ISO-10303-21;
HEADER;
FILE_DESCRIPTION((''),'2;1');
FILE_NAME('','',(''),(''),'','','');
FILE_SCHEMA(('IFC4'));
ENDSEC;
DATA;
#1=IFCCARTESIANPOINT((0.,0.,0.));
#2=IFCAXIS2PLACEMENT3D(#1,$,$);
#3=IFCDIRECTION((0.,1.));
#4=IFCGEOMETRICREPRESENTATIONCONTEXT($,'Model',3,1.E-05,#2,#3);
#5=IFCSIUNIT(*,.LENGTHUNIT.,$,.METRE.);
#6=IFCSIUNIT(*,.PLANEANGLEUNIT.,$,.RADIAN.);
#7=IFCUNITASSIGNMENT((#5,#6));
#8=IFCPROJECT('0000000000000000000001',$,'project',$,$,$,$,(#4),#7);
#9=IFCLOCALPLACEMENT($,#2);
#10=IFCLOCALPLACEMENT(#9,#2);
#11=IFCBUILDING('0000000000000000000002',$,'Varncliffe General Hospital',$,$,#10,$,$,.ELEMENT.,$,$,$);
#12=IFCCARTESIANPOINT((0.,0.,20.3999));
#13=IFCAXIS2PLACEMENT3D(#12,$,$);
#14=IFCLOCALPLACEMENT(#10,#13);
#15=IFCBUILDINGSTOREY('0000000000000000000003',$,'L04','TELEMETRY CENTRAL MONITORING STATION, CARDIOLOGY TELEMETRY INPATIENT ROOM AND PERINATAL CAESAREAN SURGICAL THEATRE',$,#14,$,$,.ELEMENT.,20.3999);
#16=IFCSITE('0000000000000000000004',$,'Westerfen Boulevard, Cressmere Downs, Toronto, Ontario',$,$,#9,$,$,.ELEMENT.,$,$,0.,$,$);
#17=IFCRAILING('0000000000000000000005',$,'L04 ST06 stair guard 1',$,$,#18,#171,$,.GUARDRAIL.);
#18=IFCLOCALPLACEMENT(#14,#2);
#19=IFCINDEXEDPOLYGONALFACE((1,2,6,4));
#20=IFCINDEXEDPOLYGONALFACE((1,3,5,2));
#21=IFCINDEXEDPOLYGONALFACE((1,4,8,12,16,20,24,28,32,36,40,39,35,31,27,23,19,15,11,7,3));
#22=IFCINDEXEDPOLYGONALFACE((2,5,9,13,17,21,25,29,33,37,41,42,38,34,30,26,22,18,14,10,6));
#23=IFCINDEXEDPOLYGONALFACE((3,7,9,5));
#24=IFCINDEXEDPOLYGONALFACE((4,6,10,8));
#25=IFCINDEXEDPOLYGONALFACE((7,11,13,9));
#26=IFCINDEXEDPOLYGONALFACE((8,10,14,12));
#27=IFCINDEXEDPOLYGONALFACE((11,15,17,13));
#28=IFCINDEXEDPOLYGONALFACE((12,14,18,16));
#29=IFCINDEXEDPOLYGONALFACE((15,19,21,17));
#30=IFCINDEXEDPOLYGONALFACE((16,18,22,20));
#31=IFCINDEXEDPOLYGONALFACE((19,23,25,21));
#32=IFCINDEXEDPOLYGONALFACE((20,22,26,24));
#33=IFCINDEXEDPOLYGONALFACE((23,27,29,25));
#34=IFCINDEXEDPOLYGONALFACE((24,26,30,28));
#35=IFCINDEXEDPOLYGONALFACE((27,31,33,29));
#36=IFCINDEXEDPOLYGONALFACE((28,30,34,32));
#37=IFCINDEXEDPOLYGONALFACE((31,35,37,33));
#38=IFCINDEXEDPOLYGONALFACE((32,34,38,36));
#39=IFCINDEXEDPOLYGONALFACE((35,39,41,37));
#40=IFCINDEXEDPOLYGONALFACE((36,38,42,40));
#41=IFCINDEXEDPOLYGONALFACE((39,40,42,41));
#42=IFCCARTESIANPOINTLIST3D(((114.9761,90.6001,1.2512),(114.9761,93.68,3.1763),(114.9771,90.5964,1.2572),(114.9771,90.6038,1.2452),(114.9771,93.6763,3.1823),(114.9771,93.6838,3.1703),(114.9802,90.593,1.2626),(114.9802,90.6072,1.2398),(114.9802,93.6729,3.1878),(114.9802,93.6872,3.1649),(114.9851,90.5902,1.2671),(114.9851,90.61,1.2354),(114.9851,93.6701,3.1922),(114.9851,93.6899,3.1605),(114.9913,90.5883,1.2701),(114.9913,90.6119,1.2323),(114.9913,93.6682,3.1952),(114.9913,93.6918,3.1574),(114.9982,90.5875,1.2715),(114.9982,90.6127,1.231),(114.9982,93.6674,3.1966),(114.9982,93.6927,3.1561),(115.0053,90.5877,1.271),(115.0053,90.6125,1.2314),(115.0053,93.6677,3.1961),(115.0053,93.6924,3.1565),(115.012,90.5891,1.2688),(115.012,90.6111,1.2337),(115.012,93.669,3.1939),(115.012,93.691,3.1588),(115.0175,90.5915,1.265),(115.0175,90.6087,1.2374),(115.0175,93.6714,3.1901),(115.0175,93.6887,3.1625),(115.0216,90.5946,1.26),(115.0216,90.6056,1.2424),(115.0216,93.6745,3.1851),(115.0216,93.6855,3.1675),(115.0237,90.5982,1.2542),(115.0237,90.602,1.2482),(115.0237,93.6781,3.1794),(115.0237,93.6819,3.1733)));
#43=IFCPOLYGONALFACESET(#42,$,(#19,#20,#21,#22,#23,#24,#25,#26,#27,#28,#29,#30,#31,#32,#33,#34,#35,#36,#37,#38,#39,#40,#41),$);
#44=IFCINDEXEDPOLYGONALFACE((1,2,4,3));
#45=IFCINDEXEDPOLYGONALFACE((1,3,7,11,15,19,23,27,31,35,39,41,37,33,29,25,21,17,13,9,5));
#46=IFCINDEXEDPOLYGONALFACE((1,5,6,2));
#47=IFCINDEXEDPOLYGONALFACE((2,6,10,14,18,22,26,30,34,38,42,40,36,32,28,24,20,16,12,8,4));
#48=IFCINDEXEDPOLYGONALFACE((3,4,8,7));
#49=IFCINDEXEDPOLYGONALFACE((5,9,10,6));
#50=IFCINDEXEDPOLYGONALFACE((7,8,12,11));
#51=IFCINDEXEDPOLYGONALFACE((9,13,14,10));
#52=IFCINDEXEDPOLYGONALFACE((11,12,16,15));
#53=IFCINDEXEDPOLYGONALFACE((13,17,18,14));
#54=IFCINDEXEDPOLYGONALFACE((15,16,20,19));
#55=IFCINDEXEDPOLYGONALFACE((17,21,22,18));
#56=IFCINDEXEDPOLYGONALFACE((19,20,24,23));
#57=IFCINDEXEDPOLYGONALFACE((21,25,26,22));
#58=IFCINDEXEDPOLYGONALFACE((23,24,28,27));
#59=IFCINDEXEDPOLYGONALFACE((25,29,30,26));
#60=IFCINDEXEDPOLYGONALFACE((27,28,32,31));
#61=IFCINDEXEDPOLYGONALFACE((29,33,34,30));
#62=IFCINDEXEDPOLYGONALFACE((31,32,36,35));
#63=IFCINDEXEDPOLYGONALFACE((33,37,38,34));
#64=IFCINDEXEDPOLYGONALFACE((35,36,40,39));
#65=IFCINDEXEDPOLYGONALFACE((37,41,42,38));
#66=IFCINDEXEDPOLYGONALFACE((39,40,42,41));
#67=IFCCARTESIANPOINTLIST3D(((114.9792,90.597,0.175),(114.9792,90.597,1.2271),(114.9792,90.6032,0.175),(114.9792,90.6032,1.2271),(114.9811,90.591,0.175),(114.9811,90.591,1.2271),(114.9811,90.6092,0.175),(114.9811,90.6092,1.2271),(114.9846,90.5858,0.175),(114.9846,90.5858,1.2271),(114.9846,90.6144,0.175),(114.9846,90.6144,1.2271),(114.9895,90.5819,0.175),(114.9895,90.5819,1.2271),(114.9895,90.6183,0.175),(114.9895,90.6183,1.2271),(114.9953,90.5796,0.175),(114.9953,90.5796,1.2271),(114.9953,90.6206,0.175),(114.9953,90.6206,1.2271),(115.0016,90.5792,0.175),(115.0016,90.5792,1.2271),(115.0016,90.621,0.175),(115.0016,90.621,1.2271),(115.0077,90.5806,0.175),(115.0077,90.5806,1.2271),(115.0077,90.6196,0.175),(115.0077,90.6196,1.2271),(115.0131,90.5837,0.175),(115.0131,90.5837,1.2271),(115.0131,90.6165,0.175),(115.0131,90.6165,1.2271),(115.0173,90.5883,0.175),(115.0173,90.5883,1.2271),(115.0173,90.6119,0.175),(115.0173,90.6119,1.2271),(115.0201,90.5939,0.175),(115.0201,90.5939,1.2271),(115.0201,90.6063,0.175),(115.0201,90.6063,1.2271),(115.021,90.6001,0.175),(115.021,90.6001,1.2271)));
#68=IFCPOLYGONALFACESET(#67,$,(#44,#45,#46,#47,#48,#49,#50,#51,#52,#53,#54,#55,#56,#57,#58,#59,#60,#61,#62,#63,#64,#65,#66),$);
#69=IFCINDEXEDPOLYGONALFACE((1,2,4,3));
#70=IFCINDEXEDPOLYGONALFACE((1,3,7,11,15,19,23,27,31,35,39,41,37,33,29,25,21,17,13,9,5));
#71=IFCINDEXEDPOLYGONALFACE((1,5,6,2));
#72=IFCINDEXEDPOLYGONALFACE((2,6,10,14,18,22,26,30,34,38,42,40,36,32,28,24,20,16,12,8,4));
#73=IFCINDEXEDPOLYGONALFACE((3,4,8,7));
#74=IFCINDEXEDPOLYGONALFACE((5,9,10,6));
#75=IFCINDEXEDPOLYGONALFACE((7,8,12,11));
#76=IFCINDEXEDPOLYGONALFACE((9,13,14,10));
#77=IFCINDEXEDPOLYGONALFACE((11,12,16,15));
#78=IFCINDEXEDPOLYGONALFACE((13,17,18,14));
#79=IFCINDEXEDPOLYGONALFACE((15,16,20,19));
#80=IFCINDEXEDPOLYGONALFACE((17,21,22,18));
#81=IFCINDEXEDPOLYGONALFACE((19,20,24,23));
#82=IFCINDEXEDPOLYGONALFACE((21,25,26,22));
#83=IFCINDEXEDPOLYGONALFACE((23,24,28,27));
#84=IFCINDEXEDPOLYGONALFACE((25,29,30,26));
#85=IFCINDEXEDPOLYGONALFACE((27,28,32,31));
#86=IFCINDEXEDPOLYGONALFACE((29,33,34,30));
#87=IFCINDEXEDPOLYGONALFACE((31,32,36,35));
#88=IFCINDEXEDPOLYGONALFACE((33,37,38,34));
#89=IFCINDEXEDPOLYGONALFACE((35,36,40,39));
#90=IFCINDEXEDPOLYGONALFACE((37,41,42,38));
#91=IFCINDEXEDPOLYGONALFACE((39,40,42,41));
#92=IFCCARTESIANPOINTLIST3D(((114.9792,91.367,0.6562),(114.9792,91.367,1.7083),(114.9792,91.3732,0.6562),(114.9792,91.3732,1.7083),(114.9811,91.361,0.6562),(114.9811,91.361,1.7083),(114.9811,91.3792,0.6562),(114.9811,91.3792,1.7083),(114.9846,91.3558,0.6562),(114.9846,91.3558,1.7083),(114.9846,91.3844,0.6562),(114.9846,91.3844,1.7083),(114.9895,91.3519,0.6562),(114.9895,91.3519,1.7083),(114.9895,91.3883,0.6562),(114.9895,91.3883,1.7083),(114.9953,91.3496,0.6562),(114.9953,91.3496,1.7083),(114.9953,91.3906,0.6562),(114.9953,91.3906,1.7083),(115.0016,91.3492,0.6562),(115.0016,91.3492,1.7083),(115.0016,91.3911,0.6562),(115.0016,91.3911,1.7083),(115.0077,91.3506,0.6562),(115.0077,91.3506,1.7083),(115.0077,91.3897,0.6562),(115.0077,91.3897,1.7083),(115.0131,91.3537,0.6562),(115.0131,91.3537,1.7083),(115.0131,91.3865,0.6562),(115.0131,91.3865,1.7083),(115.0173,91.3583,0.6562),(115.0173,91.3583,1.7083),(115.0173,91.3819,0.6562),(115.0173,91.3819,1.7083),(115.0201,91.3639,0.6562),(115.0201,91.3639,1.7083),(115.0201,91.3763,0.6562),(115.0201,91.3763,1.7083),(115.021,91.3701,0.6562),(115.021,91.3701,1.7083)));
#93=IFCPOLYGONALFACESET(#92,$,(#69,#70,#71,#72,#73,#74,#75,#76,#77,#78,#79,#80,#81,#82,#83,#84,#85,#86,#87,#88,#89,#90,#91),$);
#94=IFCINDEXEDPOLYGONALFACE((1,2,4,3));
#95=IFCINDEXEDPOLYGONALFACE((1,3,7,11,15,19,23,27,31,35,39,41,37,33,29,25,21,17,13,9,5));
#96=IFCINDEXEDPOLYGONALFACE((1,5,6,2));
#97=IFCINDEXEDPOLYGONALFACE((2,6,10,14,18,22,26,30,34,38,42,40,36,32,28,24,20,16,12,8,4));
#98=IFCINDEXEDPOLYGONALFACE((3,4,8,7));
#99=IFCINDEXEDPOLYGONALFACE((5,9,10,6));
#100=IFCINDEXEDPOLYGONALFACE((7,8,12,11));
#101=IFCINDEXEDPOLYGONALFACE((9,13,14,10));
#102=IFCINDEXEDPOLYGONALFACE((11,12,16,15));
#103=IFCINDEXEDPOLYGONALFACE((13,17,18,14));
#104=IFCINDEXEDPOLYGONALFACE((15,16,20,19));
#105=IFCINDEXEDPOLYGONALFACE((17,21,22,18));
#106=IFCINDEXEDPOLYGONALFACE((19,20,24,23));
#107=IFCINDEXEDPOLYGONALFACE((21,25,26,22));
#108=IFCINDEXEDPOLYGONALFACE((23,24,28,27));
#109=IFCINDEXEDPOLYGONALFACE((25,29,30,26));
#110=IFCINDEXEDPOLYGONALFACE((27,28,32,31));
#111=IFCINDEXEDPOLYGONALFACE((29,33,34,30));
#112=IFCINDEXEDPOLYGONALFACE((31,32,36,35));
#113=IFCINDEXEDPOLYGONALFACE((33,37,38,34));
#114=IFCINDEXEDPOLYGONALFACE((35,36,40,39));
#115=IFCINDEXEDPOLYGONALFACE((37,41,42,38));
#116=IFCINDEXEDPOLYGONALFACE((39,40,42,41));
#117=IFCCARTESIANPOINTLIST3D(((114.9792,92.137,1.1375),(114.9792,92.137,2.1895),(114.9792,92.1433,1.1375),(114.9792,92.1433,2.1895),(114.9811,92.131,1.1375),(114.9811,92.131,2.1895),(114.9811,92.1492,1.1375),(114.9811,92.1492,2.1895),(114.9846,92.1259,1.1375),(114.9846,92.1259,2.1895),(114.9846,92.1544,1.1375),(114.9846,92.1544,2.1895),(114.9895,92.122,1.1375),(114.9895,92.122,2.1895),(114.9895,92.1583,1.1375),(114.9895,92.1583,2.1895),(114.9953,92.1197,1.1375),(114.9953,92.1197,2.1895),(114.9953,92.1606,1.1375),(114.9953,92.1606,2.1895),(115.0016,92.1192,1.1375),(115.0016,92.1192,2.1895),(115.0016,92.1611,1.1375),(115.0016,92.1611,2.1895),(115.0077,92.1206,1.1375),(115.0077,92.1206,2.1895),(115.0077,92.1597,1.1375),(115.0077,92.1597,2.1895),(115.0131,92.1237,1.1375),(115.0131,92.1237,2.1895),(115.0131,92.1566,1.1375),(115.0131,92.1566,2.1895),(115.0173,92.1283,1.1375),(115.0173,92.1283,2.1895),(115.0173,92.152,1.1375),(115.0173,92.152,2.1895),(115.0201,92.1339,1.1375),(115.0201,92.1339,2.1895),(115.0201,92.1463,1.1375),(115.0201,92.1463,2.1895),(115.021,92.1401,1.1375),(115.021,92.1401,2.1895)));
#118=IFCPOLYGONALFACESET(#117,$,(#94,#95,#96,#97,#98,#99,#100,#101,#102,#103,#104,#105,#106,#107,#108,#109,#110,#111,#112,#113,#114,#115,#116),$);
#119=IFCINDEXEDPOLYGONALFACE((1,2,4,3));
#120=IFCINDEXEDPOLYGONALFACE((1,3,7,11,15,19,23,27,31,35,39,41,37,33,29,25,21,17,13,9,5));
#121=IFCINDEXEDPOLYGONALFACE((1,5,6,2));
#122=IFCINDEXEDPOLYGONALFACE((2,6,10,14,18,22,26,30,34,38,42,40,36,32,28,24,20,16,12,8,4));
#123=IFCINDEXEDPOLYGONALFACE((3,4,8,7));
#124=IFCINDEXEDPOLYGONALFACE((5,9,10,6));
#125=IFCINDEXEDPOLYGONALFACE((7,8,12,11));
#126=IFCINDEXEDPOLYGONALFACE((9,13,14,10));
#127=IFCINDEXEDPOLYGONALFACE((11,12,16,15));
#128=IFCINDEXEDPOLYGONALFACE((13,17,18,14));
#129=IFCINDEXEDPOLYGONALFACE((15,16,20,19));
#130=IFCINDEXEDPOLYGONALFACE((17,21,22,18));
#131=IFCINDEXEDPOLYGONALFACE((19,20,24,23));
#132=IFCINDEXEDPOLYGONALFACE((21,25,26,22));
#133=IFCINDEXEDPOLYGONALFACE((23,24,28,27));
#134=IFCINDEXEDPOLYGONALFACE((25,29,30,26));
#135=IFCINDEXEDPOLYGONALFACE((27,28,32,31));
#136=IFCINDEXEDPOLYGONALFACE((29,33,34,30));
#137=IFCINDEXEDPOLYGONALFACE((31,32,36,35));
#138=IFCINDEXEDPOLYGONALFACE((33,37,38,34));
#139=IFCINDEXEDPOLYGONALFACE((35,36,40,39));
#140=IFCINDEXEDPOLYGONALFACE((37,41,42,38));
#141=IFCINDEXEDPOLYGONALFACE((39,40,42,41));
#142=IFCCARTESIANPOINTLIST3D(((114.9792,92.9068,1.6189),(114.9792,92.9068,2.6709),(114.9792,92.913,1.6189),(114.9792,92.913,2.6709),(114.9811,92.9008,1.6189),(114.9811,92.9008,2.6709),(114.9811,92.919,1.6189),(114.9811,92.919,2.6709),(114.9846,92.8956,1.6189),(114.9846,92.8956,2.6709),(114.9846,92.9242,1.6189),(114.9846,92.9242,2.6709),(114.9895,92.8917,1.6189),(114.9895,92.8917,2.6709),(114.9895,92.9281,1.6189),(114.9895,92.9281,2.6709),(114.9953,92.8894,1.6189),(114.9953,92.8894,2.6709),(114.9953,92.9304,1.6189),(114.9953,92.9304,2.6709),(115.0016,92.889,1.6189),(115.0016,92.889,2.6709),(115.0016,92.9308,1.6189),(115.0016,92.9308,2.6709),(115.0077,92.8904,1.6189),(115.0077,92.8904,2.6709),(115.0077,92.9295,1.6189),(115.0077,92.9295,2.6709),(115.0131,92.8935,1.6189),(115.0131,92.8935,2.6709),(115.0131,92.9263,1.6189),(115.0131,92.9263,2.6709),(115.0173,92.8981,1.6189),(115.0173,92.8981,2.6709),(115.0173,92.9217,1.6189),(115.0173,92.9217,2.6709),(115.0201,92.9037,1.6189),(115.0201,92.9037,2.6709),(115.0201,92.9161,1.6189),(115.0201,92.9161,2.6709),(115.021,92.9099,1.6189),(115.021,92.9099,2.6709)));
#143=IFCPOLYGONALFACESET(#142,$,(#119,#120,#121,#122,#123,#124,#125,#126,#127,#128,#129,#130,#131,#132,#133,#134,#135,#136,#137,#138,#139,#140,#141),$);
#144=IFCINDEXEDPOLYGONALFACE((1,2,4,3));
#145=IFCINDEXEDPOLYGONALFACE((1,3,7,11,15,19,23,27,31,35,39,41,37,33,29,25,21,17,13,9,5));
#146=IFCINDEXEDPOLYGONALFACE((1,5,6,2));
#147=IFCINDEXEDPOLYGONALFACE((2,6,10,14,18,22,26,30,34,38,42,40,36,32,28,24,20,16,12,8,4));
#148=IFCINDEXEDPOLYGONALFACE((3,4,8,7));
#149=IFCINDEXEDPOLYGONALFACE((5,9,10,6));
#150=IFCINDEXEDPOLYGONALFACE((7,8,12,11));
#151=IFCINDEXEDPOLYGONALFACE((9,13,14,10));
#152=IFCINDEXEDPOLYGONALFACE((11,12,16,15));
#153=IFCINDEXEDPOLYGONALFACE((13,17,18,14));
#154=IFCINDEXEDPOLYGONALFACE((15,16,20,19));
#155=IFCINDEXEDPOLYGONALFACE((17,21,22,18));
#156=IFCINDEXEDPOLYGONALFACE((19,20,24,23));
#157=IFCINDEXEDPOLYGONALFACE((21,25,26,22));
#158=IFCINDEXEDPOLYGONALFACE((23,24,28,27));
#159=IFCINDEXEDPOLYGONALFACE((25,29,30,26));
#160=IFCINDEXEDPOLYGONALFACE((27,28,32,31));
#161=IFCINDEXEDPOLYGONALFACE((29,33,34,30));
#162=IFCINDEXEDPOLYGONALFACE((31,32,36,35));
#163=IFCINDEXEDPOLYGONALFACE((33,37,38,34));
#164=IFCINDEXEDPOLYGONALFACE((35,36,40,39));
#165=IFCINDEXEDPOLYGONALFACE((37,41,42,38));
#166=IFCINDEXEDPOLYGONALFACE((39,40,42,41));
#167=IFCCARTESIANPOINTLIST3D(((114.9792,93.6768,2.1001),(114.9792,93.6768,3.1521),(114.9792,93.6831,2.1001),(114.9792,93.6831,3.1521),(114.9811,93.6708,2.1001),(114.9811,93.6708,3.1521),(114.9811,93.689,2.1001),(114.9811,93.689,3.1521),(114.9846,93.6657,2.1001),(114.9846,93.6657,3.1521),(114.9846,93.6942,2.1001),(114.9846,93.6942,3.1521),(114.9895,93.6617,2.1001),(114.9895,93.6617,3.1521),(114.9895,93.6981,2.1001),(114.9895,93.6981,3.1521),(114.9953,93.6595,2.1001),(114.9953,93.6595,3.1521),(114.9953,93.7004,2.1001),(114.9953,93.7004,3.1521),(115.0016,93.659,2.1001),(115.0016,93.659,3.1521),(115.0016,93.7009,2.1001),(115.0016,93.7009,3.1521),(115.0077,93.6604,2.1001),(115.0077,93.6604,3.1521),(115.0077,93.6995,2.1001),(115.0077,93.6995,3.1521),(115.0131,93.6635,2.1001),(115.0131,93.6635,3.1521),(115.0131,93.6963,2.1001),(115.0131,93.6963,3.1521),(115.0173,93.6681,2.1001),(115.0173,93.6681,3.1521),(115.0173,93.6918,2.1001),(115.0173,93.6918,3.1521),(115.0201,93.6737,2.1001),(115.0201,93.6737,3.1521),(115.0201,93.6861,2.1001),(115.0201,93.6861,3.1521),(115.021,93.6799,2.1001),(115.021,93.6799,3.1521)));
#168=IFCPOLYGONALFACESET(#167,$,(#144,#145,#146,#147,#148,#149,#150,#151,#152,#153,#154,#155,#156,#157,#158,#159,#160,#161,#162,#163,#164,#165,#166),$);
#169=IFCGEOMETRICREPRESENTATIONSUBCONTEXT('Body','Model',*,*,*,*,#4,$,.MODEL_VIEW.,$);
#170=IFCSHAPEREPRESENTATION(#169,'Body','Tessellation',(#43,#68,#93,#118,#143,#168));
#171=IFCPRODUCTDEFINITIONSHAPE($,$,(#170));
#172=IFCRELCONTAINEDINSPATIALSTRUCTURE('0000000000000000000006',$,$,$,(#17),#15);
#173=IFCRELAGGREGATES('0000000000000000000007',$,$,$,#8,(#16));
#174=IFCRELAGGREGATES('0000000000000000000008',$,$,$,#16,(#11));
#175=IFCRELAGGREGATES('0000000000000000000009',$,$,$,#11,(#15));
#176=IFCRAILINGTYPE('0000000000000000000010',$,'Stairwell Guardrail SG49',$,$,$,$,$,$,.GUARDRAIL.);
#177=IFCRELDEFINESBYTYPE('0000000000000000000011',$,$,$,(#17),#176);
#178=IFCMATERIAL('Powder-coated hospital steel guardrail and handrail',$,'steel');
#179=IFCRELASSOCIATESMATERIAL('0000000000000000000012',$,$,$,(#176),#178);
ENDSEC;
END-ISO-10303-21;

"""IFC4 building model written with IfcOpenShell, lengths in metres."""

from ifc_helpers import new_model, si_unit, direction, frame, origin, origin_2d, place, context, subcontext, project, spatial, circle, extrude, material, type_object, element, save


model = new_model("IFC4")

# Units and contexts
model_context = context("Model", 3, precision=1e-05, world=origin(), true_north=direction((0.0, 1.0)))
body_context = subcontext(model_context, "Body", "Model", "MODEL_VIEW")
ifc_project = project(units=[si_unit("LENGTHUNIT", "METRE"), si_unit("PLANEANGLEUNIT", "RADIAN")], contexts=[model_context])

# Site, building, storey
site_placement = place(None, origin())
site = spatial("IfcSite", under=ifc_project, at=site_placement, Name="Westerfen Boulevard, Cressmere Downs, Toronto, Ontario", CompositionType="ELEMENT", RefElevation=0.0)
building_placement = place(site_placement, origin())
building = spatial("IfcBuilding", under=site, at=building_placement, Name="Varncliffe General Hospital", CompositionType="ELEMENT")
storey_placement = place(building_placement, frame((0.0, 0.0, 20.3999)))
storey = spatial("IfcBuildingStorey", under=building, at=storey_placement, Name="L04", Description="TELEMETRY CENTRAL MONITORING STATION, CARDIOLOGY TELEMETRY INPATIENT ROOM AND PERINATAL CAESAREAN SURGICAL THEATRE", CompositionType="ELEMENT", Elevation=20.3999)

# Railing
ifc_material_1 = material(Name="Powder-coated hospital steel guardrail and handrail", Category="steel")
railing_type_1 = type_object("IfcRailingType", Name="Stairwell Guardrail SG49", PredefinedType="GUARDRAIL", material=ifc_material_1)
railing_1_placement = place(storey_placement, frame((115.0, 90.6001, 0.175)))
element("IfcRailing", 1, at=railing_1_placement, inside=storey, type_object=railing_type_1, Name="L04 ST06 stair guard 1", PredefinedType="GUARDRAIL", context=body_context, shape_type="SweptSolid", body=[
    extrude(circle(Radius=0.0239, at=origin_2d()), frame((0.0, 0.0, 1.0762), z_axis=(0.0, 0.847979, 0.530029), x_axis=(-1.0, 0.0, 0.0)), (0.0, 0.0, 1.0), 3.6321),
    extrude(circle(Radius=0.021, at=origin_2d()), origin(), (0.0, 0.0, 1.0), 1.052),
    extrude(circle(Radius=0.021, at=origin_2d()), frame((0.0, 0.77, 0.4812)), (0.0, 0.0, 1.0), 1.052),
    extrude(circle(Radius=0.021, at=origin_2d()), frame((0.0, 1.54, 0.9624)), (0.0, 0.0, 1.0), 1.052),
    extrude(circle(Radius=0.021, at=origin_2d()), frame((0.0, 2.3098, 1.4438)), (0.0, 0.0, 1.0), 1.052),
    extrude(circle(Radius=0.021, at=origin_2d()), frame((0.0, 3.0798, 1.925)), (0.0, 0.0, 1.0), 1.052),
])

save(model, "model.ifc")
